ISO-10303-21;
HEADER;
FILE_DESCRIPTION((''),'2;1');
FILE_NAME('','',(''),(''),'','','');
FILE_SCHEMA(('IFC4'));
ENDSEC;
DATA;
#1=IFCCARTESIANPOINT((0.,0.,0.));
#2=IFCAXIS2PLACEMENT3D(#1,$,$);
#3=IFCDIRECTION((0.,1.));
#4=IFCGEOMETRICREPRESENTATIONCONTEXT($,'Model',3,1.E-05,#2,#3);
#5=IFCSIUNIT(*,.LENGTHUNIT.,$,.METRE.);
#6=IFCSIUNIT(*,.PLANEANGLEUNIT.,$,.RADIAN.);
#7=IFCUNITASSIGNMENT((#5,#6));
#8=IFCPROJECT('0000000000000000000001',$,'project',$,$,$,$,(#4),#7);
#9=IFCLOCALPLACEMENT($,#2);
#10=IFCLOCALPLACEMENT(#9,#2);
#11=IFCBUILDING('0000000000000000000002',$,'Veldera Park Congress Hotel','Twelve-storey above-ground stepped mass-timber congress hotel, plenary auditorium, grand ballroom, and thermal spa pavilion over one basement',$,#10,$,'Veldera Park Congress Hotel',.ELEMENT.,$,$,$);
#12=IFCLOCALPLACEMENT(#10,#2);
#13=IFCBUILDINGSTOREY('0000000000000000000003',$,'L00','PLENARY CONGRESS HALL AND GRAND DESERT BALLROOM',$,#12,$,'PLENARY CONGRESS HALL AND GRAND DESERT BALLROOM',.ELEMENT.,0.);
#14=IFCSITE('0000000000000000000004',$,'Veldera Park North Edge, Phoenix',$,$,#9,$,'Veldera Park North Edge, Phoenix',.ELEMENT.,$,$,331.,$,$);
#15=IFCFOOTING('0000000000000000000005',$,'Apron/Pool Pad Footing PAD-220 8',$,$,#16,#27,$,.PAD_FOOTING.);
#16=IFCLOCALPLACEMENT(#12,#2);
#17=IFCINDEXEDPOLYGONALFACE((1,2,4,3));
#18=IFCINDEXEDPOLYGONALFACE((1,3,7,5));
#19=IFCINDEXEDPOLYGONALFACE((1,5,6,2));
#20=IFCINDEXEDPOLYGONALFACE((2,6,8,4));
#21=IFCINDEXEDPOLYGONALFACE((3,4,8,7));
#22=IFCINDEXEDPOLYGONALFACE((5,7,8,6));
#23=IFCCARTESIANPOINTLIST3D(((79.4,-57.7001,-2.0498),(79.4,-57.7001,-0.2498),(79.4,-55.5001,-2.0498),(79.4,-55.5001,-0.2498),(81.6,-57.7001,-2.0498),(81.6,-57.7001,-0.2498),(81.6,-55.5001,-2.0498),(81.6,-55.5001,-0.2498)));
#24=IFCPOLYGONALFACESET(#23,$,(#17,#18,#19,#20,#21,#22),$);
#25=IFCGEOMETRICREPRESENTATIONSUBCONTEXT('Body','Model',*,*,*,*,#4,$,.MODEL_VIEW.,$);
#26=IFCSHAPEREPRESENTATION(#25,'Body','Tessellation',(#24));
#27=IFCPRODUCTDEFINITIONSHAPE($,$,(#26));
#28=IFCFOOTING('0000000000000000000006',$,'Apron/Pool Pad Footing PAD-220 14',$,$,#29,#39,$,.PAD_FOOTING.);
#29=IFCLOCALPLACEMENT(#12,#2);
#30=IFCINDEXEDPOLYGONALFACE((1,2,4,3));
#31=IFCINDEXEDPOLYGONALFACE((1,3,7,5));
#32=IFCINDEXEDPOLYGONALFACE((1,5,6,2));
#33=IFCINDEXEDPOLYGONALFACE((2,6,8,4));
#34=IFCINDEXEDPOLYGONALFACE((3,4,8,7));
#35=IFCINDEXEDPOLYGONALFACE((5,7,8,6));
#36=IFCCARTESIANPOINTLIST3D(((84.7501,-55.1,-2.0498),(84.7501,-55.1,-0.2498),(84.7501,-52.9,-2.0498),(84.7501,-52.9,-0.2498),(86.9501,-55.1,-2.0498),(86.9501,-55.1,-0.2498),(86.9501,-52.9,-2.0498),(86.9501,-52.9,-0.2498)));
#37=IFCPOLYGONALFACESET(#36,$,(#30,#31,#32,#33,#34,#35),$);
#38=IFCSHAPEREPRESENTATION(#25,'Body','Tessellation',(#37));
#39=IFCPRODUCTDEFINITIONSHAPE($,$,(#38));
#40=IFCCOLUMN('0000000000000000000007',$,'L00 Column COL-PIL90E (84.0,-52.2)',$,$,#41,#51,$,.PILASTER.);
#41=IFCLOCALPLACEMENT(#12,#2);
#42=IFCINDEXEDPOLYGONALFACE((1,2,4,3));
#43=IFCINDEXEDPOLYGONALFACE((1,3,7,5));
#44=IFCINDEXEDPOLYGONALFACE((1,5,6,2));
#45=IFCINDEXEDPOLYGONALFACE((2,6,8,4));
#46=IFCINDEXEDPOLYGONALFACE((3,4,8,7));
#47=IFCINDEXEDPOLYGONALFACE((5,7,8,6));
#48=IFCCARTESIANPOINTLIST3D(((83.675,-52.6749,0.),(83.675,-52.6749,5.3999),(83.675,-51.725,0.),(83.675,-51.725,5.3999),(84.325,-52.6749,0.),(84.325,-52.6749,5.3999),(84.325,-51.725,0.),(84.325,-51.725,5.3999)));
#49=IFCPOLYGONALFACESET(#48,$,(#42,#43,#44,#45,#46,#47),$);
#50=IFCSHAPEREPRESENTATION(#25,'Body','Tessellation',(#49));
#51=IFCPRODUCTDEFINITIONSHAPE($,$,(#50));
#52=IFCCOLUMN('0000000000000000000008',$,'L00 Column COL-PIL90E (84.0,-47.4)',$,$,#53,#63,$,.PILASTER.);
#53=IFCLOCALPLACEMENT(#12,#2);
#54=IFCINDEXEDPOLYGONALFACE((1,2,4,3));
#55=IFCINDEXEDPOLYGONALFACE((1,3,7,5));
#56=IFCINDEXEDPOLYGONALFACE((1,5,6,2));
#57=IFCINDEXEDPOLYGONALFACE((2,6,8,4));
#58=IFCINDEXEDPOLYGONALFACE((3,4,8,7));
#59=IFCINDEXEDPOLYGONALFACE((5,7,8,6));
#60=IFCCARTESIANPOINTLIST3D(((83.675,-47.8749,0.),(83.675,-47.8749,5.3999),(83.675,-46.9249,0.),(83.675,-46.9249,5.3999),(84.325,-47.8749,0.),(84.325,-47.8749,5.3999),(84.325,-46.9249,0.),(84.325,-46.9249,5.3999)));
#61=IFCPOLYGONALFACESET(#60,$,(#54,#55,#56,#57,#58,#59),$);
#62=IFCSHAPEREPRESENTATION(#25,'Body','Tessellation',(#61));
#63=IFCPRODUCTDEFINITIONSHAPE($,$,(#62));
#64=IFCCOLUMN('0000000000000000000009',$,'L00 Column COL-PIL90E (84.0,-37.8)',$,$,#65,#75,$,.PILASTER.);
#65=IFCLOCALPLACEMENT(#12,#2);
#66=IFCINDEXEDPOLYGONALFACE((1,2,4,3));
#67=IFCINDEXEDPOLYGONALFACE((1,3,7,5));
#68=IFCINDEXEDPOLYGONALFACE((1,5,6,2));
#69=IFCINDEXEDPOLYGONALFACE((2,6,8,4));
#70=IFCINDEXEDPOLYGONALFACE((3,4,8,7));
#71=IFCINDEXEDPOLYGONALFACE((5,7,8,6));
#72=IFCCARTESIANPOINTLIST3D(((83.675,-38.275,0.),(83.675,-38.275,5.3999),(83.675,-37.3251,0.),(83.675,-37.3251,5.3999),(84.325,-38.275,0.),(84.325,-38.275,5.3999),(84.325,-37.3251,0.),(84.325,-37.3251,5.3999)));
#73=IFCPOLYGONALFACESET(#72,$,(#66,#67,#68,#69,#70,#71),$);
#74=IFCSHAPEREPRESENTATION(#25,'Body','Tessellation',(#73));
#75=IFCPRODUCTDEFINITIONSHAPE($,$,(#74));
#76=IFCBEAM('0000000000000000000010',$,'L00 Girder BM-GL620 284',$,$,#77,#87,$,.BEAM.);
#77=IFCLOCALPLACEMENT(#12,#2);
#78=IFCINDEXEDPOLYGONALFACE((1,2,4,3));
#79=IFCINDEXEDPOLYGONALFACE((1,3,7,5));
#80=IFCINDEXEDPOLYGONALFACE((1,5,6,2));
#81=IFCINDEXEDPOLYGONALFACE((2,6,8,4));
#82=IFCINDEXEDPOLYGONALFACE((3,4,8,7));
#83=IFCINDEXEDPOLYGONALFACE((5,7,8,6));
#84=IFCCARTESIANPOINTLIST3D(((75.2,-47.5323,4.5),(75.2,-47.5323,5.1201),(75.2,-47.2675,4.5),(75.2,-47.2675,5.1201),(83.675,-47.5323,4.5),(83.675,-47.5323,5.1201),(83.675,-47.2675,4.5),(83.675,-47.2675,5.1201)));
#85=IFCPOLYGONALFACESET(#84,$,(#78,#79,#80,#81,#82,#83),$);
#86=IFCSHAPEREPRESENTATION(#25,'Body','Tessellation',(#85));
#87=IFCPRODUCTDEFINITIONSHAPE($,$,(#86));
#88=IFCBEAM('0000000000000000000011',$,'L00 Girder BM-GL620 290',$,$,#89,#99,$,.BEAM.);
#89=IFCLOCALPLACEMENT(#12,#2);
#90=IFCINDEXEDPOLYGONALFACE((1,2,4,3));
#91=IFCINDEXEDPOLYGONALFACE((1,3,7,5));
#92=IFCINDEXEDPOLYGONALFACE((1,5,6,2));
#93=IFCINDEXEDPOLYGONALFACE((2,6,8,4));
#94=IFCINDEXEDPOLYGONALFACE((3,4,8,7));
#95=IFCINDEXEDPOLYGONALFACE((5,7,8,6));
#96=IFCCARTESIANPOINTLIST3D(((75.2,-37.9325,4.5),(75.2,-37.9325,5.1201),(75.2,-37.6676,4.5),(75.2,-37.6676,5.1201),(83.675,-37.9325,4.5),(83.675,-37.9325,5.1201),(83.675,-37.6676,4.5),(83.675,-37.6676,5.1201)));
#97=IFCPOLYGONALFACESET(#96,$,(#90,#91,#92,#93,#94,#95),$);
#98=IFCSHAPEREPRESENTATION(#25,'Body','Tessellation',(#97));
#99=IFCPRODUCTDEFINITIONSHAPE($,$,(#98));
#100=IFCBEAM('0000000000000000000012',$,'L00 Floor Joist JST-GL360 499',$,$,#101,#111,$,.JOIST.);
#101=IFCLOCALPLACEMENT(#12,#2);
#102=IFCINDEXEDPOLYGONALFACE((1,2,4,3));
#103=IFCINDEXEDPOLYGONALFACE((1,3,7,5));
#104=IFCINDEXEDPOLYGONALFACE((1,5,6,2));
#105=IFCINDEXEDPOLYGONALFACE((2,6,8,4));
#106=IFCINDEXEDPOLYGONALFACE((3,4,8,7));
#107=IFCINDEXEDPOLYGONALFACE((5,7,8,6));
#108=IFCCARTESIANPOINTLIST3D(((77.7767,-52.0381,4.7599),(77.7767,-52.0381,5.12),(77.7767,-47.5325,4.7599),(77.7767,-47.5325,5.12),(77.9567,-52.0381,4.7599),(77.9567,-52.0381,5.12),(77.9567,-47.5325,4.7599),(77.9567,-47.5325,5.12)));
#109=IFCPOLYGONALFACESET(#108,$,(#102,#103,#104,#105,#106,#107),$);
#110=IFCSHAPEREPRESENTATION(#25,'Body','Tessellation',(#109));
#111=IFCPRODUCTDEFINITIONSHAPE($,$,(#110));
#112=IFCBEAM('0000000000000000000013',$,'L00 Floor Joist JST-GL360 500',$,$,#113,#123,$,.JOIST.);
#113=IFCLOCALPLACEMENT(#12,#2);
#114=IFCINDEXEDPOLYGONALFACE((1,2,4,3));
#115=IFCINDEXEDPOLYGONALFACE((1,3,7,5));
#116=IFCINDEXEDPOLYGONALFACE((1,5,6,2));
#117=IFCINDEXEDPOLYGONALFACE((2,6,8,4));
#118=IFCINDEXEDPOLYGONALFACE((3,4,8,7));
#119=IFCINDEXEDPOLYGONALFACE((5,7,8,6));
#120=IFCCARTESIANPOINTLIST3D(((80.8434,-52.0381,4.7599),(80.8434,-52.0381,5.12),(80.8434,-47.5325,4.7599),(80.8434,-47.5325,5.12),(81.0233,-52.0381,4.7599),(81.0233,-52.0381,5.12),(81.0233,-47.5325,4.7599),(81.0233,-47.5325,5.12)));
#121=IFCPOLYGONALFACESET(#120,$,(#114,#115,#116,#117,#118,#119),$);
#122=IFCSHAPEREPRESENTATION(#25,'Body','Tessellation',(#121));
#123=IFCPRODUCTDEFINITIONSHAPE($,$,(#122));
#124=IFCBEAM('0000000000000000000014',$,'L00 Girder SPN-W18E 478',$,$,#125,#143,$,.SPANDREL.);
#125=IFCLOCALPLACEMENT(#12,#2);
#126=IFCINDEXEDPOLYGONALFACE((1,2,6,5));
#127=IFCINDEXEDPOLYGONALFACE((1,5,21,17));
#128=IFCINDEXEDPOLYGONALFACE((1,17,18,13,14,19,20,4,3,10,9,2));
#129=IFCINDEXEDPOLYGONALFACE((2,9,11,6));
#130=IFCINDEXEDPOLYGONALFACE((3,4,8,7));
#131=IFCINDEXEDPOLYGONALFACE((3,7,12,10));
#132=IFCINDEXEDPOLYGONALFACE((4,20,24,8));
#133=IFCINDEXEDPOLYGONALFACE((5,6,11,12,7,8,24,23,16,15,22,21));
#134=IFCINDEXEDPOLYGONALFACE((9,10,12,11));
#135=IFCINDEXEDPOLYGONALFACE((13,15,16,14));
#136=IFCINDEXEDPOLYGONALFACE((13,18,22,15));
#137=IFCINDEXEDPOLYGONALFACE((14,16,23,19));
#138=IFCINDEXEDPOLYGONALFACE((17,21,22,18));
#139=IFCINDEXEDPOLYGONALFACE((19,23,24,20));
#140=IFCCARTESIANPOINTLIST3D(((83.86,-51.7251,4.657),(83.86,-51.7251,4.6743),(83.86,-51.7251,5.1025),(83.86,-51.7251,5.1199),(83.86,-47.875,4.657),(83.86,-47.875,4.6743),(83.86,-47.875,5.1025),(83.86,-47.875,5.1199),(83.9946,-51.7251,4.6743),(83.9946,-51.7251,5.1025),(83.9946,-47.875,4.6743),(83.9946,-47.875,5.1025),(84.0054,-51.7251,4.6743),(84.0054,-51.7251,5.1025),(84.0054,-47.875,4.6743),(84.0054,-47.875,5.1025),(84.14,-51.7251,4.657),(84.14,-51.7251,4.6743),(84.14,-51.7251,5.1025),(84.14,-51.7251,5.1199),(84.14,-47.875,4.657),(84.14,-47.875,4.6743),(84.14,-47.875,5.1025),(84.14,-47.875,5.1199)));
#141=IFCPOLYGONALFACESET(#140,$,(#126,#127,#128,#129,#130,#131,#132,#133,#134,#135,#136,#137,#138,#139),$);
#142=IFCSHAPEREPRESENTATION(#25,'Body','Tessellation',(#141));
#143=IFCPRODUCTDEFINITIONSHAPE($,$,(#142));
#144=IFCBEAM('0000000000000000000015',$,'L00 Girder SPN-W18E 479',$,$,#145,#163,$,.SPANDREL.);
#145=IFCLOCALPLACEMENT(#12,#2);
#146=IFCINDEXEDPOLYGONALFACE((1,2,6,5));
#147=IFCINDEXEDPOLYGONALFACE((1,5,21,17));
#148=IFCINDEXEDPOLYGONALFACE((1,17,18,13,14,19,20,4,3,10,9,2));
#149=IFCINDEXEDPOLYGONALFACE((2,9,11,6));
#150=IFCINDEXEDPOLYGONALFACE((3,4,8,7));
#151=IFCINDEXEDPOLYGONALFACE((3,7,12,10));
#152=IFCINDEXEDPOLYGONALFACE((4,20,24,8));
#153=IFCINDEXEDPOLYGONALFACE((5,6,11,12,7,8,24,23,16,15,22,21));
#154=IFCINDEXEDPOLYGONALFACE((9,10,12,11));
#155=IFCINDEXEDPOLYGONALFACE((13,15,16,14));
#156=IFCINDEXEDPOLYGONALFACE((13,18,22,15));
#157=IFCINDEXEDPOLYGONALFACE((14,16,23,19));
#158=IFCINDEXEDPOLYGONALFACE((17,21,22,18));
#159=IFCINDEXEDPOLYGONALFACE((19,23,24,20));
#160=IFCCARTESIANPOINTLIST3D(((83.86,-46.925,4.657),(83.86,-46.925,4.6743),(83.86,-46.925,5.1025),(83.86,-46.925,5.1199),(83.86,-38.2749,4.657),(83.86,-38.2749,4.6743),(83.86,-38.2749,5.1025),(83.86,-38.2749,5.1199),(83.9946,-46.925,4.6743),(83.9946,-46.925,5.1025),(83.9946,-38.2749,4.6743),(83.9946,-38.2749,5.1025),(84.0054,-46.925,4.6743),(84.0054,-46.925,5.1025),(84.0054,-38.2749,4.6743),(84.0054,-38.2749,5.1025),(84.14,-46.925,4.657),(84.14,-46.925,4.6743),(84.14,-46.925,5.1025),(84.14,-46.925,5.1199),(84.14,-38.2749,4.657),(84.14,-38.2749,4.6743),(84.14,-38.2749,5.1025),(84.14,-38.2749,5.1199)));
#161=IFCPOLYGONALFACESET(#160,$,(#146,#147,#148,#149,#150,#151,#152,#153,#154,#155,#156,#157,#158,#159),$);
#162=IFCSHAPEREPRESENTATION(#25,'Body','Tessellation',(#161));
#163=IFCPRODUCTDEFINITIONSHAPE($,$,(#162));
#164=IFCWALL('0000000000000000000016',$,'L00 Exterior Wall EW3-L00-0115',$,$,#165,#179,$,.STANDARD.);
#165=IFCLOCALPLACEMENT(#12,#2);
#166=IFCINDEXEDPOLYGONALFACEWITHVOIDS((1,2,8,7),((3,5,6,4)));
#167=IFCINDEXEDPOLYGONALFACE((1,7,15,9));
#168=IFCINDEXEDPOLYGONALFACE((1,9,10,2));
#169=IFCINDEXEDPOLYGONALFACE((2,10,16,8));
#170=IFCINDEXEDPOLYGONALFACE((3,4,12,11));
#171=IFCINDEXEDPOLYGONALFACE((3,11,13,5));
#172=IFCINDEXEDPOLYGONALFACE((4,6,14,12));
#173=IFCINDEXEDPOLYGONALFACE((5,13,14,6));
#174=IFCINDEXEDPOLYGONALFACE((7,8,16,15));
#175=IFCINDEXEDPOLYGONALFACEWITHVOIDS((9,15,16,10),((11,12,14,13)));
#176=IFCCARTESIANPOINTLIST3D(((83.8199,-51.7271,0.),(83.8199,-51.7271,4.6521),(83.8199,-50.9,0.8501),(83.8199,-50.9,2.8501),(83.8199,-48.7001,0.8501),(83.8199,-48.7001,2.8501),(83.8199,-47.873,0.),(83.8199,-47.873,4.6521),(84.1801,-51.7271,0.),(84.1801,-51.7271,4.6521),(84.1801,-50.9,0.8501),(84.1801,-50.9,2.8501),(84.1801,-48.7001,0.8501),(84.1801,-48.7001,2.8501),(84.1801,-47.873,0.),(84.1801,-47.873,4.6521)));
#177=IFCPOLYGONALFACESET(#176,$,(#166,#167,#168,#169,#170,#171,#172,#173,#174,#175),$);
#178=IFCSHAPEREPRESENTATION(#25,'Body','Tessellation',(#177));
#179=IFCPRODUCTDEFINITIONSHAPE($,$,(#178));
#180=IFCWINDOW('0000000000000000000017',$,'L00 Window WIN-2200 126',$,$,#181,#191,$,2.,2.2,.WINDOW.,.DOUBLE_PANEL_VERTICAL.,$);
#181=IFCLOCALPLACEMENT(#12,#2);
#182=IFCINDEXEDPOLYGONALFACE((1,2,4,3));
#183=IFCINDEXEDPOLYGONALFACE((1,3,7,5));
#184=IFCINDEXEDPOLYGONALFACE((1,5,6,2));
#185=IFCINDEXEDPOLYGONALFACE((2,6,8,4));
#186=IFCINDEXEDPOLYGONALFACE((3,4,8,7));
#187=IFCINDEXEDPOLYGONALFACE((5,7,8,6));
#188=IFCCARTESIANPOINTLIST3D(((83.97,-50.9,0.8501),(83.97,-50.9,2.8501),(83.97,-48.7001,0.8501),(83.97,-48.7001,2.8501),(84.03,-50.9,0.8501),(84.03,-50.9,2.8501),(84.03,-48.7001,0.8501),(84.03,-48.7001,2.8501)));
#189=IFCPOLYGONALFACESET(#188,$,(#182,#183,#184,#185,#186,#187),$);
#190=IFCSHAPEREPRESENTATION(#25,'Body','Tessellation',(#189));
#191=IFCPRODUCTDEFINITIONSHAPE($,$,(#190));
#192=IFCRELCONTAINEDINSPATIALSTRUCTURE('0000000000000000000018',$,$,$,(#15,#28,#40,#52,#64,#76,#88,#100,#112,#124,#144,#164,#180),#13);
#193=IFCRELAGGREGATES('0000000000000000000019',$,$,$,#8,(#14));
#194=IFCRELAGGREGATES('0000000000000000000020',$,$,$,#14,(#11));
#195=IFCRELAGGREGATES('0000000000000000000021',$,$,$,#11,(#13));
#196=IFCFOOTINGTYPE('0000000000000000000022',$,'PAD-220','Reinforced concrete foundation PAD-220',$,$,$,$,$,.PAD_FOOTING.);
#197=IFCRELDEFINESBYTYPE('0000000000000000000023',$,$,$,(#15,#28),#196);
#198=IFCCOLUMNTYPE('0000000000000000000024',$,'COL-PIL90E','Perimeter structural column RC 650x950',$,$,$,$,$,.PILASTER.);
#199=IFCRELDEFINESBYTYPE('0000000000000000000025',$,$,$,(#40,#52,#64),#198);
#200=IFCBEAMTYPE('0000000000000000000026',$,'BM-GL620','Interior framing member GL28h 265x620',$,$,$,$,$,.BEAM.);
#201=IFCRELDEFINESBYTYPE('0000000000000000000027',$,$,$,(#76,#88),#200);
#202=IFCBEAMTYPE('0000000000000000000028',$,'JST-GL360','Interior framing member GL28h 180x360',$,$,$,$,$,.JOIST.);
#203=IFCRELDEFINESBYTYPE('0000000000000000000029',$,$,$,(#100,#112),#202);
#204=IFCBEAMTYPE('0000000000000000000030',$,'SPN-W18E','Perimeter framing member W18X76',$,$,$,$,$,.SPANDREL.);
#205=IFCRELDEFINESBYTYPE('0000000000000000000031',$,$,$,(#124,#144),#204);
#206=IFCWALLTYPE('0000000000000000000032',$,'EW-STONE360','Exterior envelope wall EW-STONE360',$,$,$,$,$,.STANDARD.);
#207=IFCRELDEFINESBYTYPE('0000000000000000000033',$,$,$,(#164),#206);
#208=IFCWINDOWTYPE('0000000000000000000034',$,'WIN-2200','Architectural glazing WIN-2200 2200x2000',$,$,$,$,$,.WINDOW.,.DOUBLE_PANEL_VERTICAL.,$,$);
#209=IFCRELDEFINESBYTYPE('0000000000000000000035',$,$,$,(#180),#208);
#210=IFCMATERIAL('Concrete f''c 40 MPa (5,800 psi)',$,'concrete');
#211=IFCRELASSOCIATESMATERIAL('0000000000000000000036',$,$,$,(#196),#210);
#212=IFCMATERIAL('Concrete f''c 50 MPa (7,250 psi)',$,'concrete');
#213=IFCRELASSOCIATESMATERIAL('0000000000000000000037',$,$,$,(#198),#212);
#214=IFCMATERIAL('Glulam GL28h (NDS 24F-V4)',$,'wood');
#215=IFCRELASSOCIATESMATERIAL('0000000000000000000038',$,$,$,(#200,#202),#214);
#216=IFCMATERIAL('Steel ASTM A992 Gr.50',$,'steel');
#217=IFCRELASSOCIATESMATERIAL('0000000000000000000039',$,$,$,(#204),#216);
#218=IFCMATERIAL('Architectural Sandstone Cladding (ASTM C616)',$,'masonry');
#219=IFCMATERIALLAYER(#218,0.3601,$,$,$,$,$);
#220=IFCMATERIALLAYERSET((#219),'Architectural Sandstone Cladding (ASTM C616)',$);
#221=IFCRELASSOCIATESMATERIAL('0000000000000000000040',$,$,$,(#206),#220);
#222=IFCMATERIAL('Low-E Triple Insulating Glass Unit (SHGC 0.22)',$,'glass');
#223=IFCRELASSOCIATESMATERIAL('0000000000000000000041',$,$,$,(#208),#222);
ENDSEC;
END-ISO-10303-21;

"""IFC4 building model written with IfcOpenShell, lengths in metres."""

from ifc_helpers import new_model, si_unit, direction, frame, frame_2d, origin, origin_2d, place, context, subcontext, project, spatial, rectangle, i_section, extrude, material, layer, layer_set, material_profile, profile_set, type_object, element, fill, save


model = new_model("IFC4")

# Units and contexts
model_context = context("Model", 3, precision=1e-05, world=origin(), true_north=direction((0.0, 1.0)))
body_context = subcontext(model_context, "Body", "Model", "MODEL_VIEW")
ifc_project = project(units=[si_unit("LENGTHUNIT", "METRE"), si_unit("PLANEANGLEUNIT", "RADIAN")], contexts=[model_context])

# Site, building, storey
site_placement = place(None, origin())
site = spatial("IfcSite", under=ifc_project, at=site_placement, Name="Veldera Park North Edge, Phoenix", LongName="Veldera Park North Edge, Phoenix", CompositionType="ELEMENT", RefElevation=331.0)
building_placement = place(site_placement, origin())
building = spatial("IfcBuilding", under=site, at=building_placement, Name="Veldera Park Congress Hotel", Description="Twelve-storey above-ground stepped mass-timber congress hotel, plenary auditorium, grand ballroom, and thermal spa pavilion over one basement", LongName="Veldera Park Congress Hotel", CompositionType="ELEMENT")
storey_placement = place(building_placement, origin())
storey = spatial("IfcBuildingStorey", under=building, at=storey_placement, Name="L00", Description="PLENARY CONGRESS HALL AND GRAND DESERT BALLROOM", LongName="PLENARY CONGRESS HALL AND GRAND DESERT BALLROOM", CompositionType="ELEMENT", Elevation=0.0)

# Footings
ifc_material_1 = material(Name="Concrete f'c 40 MPa (5,800 psi)", Category="concrete")
footing_type = type_object("IfcFootingType", Name="PAD-220", Description="Reinforced concrete foundation PAD-220", PredefinedType="PAD_FOOTING", material=ifc_material_1)
for number, where, z_axis, x_axis, name in (
    (1, (80.5, -56.6001, -2.0498), (0.0, 0.0, 1.0), (1.0, 0.0, 0.0), "Apron/Pool Pad Footing PAD-220 8"),
    (2, (85.8501, -54.0, -2.0498), (0.0, 0.0, 1.0), (1.0, 0.0, 0.0), "Apron/Pool Pad Footing PAD-220 14"),
):
    element("IfcFooting", number, at=place(storey_placement, frame(where, z_axis=z_axis, x_axis=x_axis)), inside=storey, type_object=footing_type, Name=name, PredefinedType="PAD_FOOTING", context=body_context, shape_type="SweptSolid", body=[
        extrude(rectangle(XDim=2.2, YDim=2.2, at=origin_2d()), origin(), (0.0, 0.0, 1.0), 1.8),
    ])

# Columns
ifc_material_2 = material(Name="Concrete f'c 50 MPa (7,250 psi)", Category="concrete")
ifc_material_profile_1 = material_profile(ifc_material_2, rectangle(XDim=0.6499, YDim=0.95, at=origin_2d()), Name="RC 650x950")
ifc_profile_set_1 = profile_set([ifc_material_profile_1], Name="Concrete f'c 50 MPa (7,250 psi)")
column_type = type_object("IfcColumnType", Name="COL-PIL90E", Description="Perimeter structural column RC 650x950", PredefinedType="PILASTER", material=ifc_profile_set_1)
for number, where, z_axis, x_axis, name in (
    (3, (84.0, -52.2, 0.0), (0.0, 0.0, 1.0), (1.0, 0.0, 0.0), "L00 Column COL-PIL90E (84.0,-52.2)"),
    (4, (84.0, -47.3999, 0.0), (0.0, 0.0, 1.0), (1.0, 0.0, 0.0), "L00 Column COL-PIL90E (84.0,-47.4)"),
    (5, (84.0, -37.8, 0.0), (0.0, 0.0, 1.0), (1.0, 0.0, 0.0), "L00 Column COL-PIL90E (84.0,-37.8)"),
):
    element("IfcColumn", number, at=place(storey_placement, frame(where, z_axis=z_axis, x_axis=x_axis)), inside=storey, type_object=column_type, Name=name, PredefinedType="PILASTER", context=body_context, shape_type="SweptSolid", body=[
        extrude(rectangle(XDim=0.6499, YDim=0.95, at=origin_2d()), origin(), (0.0, 0.0, 1.0), 5.3999),
    ])

# Beams
ifc_material_3 = material(Name="Glulam GL28h (NDS 24F-V4)", Category="wood")
ifc_material_profile_2 = material_profile(ifc_material_3, rectangle(XDim=0.2649, YDim=0.6201, at=origin_2d()), Name="GL28h 265x620")
ifc_profile_set_2 = profile_set([ifc_material_profile_2], Name="Glulam GL28h (NDS 24F-V4)")
beam_type_1 = type_object("IfcBeamType", Name="BM-GL620", Description="Interior framing member GL28h 265x620", PredefinedType="BEAM", material=ifc_profile_set_2)
for number, where, z_axis, x_axis, name in (
    (6, (75.2, -47.3999, 4.8101), (1.0, 0.0, 0.0), (0.0, 1.0, 0.0), "L00 Girder BM-GL620 284"),
    (7, (75.2, -37.8, 4.8101), (1.0, 0.0, 0.0), (0.0, 1.0, 0.0), "L00 Girder BM-GL620 290"),
):
    element("IfcBeam", number, at=place(storey_placement, frame(where, z_axis=z_axis, x_axis=x_axis)), inside=storey, type_object=beam_type_1, Name=name, PredefinedType="BEAM", context=body_context, shape_type="SweptSolid", body=[
        extrude(rectangle(XDim=0.2649, YDim=0.6201, at=origin_2d()), origin(), (0.0, 0.0, 1.0), 8.4751),
    ])
ifc_material_profile_3 = material_profile(ifc_material_3, rectangle(XDim=0.1799, YDim=0.3601, at=origin_2d()), Name="GL28h 180x360")
ifc_profile_set_3 = profile_set([ifc_material_profile_3], Name="Glulam GL28h (NDS 24F-V4)")
beam_type_2 = type_object("IfcBeamType", Name="JST-GL360", Description="Interior framing member GL28h 180x360", PredefinedType="JOIST", material=ifc_profile_set_3)
for number, where, z_axis, x_axis, name in (
    (8, (77.8667, -52.0381, 4.9399), (0.0, 1.0, 0.0), (-1.0, 0.0, 0.0), "L00 Floor Joist JST-GL360 499"),
    (9, (80.9333, -52.0381, 4.9399), (0.0, 1.0, 0.0), (-1.0, 0.0, 0.0), "L00 Floor Joist JST-GL360 500"),
):
    element("IfcBeam", number, at=place(storey_placement, frame(where, z_axis=z_axis, x_axis=x_axis)), inside=storey, type_object=beam_type_2, Name=name, PredefinedType="JOIST", context=body_context, shape_type="SweptSolid", body=[
        extrude(rectangle(XDim=0.1799, YDim=0.3601, at=origin_2d()), origin(), (0.0, 0.0, 1.0), 4.5056),
    ])
ifc_material_4 = material(Name="Steel ASTM A992 Gr.50", Category="steel")
ifc_material_profile_4 = material_profile(ifc_material_4, i_section(OverallWidth=0.28, OverallDepth=0.4629, WebThickness=0.0107, FlangeThickness=0.0173, at=origin_2d()), Name="W18X76")
ifc_profile_set_4 = profile_set([ifc_material_profile_4], Name="Steel ASTM A992 Gr.50")
beam_type_3 = type_object("IfcBeamType", Name="SPN-W18E", Description="Perimeter framing member W18X76", PredefinedType="SPANDREL", material=ifc_profile_set_4)
beam_1_placement = place(storey_placement, frame((84.0, -51.7251, 4.8884), z_axis=(0.0, 1.0, 0.0), x_axis=(-1.0, 0.0, 0.0)))
element("IfcBeam", 10, at=beam_1_placement, inside=storey, type_object=beam_type_3, Name="L00 Girder SPN-W18E 478", PredefinedType="SPANDREL", context=body_context, shape_type="SweptSolid", body=[
    extrude(i_section(OverallWidth=0.28, OverallDepth=0.4629, WebThickness=0.0107, FlangeThickness=0.0173, at=origin_2d()), origin(), (0.0, 0.0, 1.0), 3.8501),
])
beam_2_placement = place(storey_placement, frame((84.0, -46.925, 4.8884), z_axis=(0.0, 1.0, 0.0), x_axis=(-1.0, 0.0, 0.0)))
element("IfcBeam", 11, at=beam_2_placement, inside=storey, type_object=beam_type_3, Name="L00 Girder SPN-W18E 479", PredefinedType="SPANDREL", context=body_context, shape_type="SweptSolid", body=[
    extrude(i_section(OverallWidth=0.28, OverallDepth=0.4629, WebThickness=0.0107, FlangeThickness=0.0173, at=origin_2d()), origin(), (0.0, 0.0, 1.0), 8.6501),
])

# Wall, opening, window
ifc_material_5 = material(Name="Architectural Sandstone Cladding (ASTM C616)", Category="masonry")
ifc_layer = layer(ifc_material_5, 0.3601)
ifc_layer_set = layer_set([ifc_layer], Name="Architectural Sandstone Cladding (ASTM C616)")
wall_type = type_object("IfcWallType", Name="EW-STONE360", Description="Exterior envelope wall EW-STONE360", PredefinedType="STANDARD", material=ifc_layer_set)
wall_1_placement = place(storey_placement, frame((84.0, -51.7271, 0.0), z_axis=(0.0, 0.0, 1.0), x_axis=(0.0, 1.0, 0.0)))
wall_1 = element("IfcWall", 12, at=wall_1_placement, inside=storey, type_object=wall_type, Name="L00 Exterior Wall EW3-L00-0115", PredefinedType="STANDARD", context=body_context, shape_type="SweptSolid", body=[
    extrude(rectangle(XDim=3.854, YDim=0.3601, at=frame_2d((1.927, 0.0))), origin(), (0.0, 0.0, 1.0), 4.6521),
])
opening_1_placement = place(wall_1_placement, frame((0.8269, 0.0, 0.8501)))
opening_1 = element("IfcOpeningElement", 13, at=opening_1_placement, cuts=wall_1, PredefinedType="OPENING", context=body_context, shape_type="SweptSolid", body=[
    extrude(rectangle(XDim=2.2, YDim=2.0, at=frame_2d((1.1001, 1.0))), frame((0.0, 0.1921, 0.0), z_axis=(0.0, -1.0, 0.0), x_axis=(1.0, 0.0, 0.0)), (0.0, 0.0, 1.0), 0.384),
])
ifc_material_6 = material(Name="Low-E Triple Insulating Glass Unit (SHGC 0.22)", Category="glass")
window_type = type_object("IfcWindowType", Name="WIN-2200", Description="Architectural glazing WIN-2200 2200x2000", PartitioningType="DOUBLE_PANEL_VERTICAL", PredefinedType="WINDOW", material=ifc_material_6)
window_1_placement = place(opening_1_placement, origin())
window_1 = element("IfcWindow", 14, at=window_1_placement, inside=storey, type_object=window_type, Name="L00 Window WIN-2200 126", OverallHeight=2.0, OverallWidth=2.2, PartitioningType="DOUBLE_PANEL_VERTICAL", PredefinedType="WINDOW", context=body_context, shape_type="SweptSolid", body=[
    extrude(rectangle(XDim=2.2, YDim=2.0, at=frame_2d((1.1001, 1.0))), frame((0.0, 0.03, 0.0), z_axis=(0.0, -1.0, 0.0), x_axis=(1.0, 0.0, 0.0)), (0.0, 0.0, 1.0), 0.0601),
])
fill(opening_1, window_1)

save(model, "model.ifc")
